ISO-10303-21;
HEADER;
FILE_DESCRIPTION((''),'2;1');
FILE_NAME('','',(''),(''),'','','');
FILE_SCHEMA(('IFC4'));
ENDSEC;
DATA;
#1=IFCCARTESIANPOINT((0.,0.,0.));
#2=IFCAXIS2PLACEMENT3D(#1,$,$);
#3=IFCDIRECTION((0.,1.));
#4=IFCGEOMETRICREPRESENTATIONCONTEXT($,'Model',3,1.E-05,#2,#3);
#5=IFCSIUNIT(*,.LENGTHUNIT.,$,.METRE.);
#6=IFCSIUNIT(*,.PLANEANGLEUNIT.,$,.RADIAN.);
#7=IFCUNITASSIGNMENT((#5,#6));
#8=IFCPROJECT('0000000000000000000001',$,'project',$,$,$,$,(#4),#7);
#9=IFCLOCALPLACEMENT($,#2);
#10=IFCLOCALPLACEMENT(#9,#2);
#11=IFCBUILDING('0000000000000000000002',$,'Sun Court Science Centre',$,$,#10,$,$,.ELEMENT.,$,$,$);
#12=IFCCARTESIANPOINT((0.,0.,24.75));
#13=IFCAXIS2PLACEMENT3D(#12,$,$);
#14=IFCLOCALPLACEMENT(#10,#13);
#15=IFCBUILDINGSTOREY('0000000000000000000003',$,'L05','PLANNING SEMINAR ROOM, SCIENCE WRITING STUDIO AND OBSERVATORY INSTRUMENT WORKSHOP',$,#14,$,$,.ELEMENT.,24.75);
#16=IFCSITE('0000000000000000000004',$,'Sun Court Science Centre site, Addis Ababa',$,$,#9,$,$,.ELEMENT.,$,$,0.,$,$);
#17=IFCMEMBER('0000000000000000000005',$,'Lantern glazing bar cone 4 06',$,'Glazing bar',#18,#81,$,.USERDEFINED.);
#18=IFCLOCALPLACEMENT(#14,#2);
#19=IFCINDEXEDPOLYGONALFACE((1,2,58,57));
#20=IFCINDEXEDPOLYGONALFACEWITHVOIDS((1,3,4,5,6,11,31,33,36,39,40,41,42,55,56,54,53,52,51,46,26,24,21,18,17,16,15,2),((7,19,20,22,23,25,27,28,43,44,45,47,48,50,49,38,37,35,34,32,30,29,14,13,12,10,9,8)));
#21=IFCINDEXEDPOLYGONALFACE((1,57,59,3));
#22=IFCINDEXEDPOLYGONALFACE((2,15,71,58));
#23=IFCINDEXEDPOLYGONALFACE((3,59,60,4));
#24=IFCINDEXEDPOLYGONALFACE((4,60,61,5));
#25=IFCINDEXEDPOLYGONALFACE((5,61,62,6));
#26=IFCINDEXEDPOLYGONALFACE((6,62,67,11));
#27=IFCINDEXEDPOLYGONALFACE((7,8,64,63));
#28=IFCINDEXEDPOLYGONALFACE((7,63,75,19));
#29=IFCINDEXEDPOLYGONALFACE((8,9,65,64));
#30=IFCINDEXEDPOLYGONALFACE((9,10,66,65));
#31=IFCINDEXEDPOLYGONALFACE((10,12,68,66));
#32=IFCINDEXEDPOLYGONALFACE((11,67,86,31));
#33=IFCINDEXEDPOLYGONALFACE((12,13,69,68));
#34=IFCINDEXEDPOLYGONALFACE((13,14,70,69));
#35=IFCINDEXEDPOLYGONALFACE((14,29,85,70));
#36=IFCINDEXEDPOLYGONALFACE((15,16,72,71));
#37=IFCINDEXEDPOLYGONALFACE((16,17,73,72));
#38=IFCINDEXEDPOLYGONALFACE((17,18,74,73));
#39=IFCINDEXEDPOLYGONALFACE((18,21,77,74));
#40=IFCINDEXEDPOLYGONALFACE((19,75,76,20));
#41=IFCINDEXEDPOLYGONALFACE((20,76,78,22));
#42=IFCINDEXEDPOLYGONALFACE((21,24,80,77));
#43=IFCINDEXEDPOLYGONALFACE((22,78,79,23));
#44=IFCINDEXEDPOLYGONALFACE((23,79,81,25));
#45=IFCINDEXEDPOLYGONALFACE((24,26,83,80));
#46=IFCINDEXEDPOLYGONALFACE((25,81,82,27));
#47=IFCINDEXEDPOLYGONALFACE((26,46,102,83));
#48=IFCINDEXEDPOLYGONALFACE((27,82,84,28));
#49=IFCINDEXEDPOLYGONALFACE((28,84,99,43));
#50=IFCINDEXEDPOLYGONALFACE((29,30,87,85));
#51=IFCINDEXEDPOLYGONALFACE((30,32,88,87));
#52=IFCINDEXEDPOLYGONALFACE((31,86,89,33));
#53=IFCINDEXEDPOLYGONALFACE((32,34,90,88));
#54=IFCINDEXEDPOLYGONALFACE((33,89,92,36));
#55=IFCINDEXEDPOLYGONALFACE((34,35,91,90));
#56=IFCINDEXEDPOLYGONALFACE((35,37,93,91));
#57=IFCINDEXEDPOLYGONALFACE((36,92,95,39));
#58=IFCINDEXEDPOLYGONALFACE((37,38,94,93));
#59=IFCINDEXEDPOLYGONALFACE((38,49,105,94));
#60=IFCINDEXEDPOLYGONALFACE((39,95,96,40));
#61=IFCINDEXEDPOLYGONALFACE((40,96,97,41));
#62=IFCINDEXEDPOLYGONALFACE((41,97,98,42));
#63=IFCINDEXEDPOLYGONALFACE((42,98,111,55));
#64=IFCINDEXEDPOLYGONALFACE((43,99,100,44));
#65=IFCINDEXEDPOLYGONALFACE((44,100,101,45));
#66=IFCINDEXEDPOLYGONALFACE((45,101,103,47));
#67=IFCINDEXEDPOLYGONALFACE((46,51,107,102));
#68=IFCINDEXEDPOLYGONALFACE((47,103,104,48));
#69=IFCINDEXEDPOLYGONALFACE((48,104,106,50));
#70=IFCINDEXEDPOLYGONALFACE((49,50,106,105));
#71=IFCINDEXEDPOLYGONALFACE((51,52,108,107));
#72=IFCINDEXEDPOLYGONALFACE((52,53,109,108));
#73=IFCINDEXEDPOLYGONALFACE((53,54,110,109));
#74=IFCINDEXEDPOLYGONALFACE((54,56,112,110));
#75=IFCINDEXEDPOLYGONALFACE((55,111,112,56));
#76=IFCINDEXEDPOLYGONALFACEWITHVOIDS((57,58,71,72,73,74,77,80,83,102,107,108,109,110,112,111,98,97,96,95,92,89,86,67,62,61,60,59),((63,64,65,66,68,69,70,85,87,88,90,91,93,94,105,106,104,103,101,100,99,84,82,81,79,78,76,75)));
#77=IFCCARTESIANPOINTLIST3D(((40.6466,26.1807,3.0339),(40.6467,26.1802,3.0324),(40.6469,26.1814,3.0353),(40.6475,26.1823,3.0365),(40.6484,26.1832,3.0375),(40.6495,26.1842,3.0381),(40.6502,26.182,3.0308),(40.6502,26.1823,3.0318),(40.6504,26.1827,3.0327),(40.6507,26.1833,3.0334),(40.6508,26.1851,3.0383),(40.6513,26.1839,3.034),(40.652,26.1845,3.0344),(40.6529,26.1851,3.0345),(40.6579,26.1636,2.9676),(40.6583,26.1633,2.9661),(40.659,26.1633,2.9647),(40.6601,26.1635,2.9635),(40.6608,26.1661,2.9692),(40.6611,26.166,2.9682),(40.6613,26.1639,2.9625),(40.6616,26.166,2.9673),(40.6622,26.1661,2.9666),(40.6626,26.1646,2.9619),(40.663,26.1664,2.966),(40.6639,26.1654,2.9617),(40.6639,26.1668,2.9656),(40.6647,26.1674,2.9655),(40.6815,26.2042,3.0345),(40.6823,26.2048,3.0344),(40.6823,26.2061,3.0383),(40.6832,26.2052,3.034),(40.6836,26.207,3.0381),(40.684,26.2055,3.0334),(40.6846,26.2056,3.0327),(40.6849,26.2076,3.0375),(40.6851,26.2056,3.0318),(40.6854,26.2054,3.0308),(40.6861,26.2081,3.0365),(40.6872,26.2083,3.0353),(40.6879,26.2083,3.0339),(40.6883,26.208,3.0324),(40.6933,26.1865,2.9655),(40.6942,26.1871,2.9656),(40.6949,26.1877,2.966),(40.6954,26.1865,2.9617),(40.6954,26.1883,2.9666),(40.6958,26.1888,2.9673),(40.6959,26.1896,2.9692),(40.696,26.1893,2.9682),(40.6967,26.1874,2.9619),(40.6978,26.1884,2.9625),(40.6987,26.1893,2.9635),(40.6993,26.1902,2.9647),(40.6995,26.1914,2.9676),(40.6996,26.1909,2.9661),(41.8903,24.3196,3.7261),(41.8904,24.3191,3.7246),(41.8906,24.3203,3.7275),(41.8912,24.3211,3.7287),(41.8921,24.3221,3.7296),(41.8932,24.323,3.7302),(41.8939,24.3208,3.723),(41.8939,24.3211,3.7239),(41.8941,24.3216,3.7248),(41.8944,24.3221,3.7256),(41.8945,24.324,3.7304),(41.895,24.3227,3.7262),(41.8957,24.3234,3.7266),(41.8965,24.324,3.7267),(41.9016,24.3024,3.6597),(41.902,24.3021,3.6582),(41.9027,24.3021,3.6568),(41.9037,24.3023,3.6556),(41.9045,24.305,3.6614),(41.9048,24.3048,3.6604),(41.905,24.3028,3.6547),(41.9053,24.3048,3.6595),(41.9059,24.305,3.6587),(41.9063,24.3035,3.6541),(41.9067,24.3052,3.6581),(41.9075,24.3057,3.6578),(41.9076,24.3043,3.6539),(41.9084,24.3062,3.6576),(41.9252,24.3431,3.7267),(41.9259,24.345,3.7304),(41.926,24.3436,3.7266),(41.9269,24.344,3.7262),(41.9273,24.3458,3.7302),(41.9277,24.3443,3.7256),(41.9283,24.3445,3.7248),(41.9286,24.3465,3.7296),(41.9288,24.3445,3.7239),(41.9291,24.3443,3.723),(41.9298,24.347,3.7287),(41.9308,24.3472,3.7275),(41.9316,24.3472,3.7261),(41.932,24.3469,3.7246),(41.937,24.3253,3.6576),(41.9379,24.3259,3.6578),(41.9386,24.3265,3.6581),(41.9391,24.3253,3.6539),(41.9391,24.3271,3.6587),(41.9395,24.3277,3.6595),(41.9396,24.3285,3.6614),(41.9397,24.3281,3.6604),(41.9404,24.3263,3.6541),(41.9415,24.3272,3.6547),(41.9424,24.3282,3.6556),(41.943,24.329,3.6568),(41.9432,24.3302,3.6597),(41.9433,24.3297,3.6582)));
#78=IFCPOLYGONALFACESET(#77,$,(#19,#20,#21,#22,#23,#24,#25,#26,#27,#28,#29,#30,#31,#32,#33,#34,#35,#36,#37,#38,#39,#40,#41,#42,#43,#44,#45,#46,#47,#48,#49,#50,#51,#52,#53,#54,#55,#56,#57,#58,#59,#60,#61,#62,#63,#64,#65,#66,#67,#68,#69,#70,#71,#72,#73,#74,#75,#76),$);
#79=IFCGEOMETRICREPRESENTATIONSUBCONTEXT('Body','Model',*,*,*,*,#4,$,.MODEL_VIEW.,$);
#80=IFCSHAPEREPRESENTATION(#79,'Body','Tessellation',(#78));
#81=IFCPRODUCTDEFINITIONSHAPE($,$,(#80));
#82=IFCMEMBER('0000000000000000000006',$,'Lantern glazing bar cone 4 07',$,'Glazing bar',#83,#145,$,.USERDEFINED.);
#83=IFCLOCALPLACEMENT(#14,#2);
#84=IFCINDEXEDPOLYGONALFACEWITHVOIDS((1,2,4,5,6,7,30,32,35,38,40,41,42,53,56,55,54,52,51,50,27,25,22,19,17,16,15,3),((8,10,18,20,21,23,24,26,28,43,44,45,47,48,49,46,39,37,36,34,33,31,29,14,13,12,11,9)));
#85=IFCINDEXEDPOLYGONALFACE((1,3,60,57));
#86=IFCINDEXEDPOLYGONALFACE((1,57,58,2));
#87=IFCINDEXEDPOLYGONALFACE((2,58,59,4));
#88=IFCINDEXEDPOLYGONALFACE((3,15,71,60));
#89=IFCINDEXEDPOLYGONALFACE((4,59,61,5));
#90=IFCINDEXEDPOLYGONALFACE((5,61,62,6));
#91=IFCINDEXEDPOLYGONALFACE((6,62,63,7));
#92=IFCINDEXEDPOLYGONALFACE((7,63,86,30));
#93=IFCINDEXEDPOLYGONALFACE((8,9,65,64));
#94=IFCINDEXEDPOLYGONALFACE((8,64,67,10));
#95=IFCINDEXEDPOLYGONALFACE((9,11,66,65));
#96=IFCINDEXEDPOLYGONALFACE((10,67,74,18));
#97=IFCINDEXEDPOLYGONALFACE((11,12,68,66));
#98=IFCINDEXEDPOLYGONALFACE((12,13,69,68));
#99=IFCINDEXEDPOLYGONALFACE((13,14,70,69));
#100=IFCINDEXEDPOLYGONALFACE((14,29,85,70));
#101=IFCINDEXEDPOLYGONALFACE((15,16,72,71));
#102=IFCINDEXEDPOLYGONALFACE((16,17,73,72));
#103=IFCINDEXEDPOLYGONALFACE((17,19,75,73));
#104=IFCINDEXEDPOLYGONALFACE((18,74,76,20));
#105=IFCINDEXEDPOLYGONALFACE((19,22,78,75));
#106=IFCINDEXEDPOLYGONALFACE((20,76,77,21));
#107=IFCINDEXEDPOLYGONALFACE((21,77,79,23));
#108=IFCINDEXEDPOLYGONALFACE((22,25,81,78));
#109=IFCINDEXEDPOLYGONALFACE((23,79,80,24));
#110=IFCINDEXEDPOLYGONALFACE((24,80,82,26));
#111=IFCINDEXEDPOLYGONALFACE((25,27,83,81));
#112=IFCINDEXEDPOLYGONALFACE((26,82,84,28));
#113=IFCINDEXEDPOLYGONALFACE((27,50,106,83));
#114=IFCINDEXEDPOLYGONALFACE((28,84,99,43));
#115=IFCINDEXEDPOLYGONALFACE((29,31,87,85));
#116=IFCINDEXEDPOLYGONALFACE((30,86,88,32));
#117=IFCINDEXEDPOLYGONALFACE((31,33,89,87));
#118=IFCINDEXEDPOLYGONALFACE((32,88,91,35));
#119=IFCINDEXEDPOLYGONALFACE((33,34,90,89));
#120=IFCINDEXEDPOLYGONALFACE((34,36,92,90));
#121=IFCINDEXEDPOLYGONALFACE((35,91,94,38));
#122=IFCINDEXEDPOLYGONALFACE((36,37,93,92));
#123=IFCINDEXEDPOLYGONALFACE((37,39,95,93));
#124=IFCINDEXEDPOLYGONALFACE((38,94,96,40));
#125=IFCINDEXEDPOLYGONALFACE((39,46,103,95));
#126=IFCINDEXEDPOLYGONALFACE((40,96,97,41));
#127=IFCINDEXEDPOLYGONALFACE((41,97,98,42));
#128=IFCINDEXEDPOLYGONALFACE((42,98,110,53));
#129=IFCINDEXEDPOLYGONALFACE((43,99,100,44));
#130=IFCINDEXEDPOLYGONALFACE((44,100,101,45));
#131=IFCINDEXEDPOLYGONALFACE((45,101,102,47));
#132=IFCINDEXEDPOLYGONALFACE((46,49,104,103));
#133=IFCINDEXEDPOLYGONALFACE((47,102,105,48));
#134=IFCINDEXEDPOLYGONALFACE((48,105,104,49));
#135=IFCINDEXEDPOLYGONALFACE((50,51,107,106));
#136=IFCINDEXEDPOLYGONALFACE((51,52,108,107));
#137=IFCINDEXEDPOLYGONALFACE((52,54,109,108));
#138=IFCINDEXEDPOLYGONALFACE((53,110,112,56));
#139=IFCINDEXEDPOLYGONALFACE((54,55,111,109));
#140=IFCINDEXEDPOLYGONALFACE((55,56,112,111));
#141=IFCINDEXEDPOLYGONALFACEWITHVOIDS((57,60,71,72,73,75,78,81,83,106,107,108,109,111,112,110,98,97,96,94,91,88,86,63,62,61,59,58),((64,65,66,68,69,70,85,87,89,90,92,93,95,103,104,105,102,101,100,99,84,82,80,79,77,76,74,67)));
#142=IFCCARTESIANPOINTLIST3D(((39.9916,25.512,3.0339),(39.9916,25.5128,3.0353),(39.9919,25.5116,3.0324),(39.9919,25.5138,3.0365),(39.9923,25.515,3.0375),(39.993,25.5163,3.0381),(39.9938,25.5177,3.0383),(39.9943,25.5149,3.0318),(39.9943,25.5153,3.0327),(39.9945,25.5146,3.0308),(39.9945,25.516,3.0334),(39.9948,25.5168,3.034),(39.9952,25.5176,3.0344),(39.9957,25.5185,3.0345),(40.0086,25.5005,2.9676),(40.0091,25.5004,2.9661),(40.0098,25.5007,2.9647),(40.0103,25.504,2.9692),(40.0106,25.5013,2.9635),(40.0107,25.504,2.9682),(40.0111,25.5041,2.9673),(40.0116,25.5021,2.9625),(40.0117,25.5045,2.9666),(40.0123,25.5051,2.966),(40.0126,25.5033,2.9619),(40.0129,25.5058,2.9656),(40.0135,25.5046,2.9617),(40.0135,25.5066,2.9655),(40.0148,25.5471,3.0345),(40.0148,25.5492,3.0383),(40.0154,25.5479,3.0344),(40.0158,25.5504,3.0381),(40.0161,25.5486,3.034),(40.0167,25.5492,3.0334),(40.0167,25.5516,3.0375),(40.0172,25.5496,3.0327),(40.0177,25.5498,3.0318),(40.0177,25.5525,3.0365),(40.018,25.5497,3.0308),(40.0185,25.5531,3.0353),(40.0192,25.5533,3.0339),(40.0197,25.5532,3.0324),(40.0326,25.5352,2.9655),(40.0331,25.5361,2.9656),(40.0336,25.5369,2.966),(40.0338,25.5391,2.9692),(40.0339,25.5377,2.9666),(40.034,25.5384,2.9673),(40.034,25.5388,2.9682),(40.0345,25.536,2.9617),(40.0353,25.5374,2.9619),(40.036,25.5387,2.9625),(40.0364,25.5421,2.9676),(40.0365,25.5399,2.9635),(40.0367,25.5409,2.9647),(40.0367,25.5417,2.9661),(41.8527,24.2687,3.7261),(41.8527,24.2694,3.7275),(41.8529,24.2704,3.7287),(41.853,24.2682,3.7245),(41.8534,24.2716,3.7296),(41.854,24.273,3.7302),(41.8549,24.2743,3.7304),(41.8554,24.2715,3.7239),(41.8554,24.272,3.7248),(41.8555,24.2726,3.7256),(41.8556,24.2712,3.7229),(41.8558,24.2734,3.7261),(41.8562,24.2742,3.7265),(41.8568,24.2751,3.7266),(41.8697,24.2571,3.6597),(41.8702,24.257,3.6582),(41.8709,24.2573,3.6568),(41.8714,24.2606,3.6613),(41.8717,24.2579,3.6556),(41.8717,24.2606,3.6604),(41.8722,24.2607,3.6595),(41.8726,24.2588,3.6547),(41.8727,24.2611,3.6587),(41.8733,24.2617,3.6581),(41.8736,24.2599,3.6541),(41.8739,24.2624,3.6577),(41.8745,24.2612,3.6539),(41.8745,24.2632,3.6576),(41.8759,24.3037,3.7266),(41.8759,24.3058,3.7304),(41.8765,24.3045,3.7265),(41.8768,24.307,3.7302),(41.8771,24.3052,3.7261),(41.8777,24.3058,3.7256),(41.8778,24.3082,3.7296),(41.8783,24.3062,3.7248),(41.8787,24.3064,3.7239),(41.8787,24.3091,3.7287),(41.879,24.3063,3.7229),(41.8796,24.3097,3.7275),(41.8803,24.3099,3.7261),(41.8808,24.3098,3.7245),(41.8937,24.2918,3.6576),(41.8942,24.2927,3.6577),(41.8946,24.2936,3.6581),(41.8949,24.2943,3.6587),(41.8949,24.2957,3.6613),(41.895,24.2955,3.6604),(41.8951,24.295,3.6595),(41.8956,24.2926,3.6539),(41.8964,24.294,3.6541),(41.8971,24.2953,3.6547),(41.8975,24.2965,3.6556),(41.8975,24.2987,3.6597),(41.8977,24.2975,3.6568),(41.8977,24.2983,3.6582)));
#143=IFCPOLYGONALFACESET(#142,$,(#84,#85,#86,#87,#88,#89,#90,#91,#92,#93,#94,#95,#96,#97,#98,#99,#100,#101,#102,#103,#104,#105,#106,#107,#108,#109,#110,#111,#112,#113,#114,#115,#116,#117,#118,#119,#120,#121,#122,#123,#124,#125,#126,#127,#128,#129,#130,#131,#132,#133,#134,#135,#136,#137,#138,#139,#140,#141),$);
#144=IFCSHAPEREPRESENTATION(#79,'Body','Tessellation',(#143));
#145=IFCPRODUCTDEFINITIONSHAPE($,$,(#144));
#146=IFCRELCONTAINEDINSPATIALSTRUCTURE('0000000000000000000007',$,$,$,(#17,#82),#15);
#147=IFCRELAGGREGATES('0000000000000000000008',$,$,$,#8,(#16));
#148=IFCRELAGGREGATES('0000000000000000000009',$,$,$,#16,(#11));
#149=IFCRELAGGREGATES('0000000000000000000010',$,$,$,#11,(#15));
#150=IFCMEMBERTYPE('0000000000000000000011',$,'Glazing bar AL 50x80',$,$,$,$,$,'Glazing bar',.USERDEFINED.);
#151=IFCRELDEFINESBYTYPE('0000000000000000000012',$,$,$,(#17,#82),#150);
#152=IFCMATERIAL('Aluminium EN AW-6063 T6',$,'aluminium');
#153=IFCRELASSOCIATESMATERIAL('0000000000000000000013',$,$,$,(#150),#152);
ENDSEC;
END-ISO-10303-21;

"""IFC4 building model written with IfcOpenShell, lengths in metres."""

from ifc_helpers import new_model, si_unit, direction, frame, origin, origin_2d, place, context, subcontext, project, spatial, hollow_rectangle, extrude, material, material_profile, profile_set, type_object, element, save


model = new_model("IFC4")

# Units and contexts
model_context = context("Model", 3, precision=1e-05, world=origin(), true_north=direction((0.0, 1.0)))
body_context = subcontext(model_context, "Body", "Model", "MODEL_VIEW")
ifc_project = project(units=[si_unit("LENGTHUNIT", "METRE"), si_unit("PLANEANGLEUNIT", "RADIAN")], contexts=[model_context])

# Site, building, storey
site_placement = place(None, origin())
site = spatial("IfcSite", under=ifc_project, at=site_placement, Name="Sun Court Science Centre site, Addis Ababa", CompositionType="ELEMENT", RefElevation=0.0)
building_placement = place(site_placement, origin())
building = spatial("IfcBuilding", under=site, at=building_placement, Name="Sun Court Science Centre", CompositionType="ELEMENT")
storey_placement = place(building_placement, frame((0.0, 0.0, 24.75)))
storey = spatial("IfcBuildingStorey", under=building, at=storey_placement, Name="L05", Description="PLANNING SEMINAR ROOM, SCIENCE WRITING STUDIO AND OBSERVATORY INSTRUMENT WORKSHOP", CompositionType="ELEMENT", Elevation=24.75)

# Members
ifc_material_1 = material(Name="Aluminium EN AW-6063 T6", Category="aluminium")
ifc_material_profile_1 = material_profile(ifc_material_1, hollow_rectangle(XDim=0.05, YDim=0.0801, WallThickness=0.0039, InnerFilletRadius=0.0039, OuterFilletRadius=0.0061, at=origin_2d()), Name="AL 50x80x4")
ifc_profile_set_1 = profile_set([ifc_material_profile_1], Name="Aluminium EN AW-6063 T6")
member_type_1 = type_object("IfcMemberType", Name="Glazing bar AL 50x80", ElementType="Glazing bar", PredefinedType="USERDEFINED", material=ifc_profile_set_1)
member_1_placement = place(storey_placement, frame((40.6731, 26.1858, 3.0), z_axis=(0.530809, -0.794338, 0.295415), x_axis=(0.831446, 0.555606, 0.0)))
element("IfcMember", 1, at=member_1_placement, inside=storey, type_object=member_type_1, Name="Lantern glazing bar cone 4 06", ObjectType="Glazing bar", PredefinedType="USERDEFINED", context=body_context, shape_type="SweptSolid", body=[
    extrude(hollow_rectangle(XDim=0.05, YDim=0.0801, WallThickness=0.0039, InnerFilletRadius=0.0039, OuterFilletRadius=0.0061, at=origin_2d()), origin(), (0.0, 0.0, 1.0), 2.343),
])
for number, where, z_axis, x_axis, name in (
    (2, (40.0142, 25.5269, 3.0), (0.794381, -0.530734, 0.295431), (0.555531, 0.831496, 0.0), "Lantern glazing bar cone 4 07"),
):
    element("IfcMember", number, at=place(storey_placement, frame(where, z_axis=z_axis, x_axis=x_axis)), inside=storey, type_object=member_type_1, Name=name, ObjectType="Glazing bar", PredefinedType="USERDEFINED", context=body_context, shape_type="SweptSolid", body=[
        extrude(hollow_rectangle(XDim=0.05, YDim=0.0801, WallThickness=0.0039, InnerFilletRadius=0.0039, OuterFilletRadius=0.0061, at=origin_2d()), origin(), (0.0, 0.0, 1.0), 2.3428),
    ])

save(model, "model.ifc")
